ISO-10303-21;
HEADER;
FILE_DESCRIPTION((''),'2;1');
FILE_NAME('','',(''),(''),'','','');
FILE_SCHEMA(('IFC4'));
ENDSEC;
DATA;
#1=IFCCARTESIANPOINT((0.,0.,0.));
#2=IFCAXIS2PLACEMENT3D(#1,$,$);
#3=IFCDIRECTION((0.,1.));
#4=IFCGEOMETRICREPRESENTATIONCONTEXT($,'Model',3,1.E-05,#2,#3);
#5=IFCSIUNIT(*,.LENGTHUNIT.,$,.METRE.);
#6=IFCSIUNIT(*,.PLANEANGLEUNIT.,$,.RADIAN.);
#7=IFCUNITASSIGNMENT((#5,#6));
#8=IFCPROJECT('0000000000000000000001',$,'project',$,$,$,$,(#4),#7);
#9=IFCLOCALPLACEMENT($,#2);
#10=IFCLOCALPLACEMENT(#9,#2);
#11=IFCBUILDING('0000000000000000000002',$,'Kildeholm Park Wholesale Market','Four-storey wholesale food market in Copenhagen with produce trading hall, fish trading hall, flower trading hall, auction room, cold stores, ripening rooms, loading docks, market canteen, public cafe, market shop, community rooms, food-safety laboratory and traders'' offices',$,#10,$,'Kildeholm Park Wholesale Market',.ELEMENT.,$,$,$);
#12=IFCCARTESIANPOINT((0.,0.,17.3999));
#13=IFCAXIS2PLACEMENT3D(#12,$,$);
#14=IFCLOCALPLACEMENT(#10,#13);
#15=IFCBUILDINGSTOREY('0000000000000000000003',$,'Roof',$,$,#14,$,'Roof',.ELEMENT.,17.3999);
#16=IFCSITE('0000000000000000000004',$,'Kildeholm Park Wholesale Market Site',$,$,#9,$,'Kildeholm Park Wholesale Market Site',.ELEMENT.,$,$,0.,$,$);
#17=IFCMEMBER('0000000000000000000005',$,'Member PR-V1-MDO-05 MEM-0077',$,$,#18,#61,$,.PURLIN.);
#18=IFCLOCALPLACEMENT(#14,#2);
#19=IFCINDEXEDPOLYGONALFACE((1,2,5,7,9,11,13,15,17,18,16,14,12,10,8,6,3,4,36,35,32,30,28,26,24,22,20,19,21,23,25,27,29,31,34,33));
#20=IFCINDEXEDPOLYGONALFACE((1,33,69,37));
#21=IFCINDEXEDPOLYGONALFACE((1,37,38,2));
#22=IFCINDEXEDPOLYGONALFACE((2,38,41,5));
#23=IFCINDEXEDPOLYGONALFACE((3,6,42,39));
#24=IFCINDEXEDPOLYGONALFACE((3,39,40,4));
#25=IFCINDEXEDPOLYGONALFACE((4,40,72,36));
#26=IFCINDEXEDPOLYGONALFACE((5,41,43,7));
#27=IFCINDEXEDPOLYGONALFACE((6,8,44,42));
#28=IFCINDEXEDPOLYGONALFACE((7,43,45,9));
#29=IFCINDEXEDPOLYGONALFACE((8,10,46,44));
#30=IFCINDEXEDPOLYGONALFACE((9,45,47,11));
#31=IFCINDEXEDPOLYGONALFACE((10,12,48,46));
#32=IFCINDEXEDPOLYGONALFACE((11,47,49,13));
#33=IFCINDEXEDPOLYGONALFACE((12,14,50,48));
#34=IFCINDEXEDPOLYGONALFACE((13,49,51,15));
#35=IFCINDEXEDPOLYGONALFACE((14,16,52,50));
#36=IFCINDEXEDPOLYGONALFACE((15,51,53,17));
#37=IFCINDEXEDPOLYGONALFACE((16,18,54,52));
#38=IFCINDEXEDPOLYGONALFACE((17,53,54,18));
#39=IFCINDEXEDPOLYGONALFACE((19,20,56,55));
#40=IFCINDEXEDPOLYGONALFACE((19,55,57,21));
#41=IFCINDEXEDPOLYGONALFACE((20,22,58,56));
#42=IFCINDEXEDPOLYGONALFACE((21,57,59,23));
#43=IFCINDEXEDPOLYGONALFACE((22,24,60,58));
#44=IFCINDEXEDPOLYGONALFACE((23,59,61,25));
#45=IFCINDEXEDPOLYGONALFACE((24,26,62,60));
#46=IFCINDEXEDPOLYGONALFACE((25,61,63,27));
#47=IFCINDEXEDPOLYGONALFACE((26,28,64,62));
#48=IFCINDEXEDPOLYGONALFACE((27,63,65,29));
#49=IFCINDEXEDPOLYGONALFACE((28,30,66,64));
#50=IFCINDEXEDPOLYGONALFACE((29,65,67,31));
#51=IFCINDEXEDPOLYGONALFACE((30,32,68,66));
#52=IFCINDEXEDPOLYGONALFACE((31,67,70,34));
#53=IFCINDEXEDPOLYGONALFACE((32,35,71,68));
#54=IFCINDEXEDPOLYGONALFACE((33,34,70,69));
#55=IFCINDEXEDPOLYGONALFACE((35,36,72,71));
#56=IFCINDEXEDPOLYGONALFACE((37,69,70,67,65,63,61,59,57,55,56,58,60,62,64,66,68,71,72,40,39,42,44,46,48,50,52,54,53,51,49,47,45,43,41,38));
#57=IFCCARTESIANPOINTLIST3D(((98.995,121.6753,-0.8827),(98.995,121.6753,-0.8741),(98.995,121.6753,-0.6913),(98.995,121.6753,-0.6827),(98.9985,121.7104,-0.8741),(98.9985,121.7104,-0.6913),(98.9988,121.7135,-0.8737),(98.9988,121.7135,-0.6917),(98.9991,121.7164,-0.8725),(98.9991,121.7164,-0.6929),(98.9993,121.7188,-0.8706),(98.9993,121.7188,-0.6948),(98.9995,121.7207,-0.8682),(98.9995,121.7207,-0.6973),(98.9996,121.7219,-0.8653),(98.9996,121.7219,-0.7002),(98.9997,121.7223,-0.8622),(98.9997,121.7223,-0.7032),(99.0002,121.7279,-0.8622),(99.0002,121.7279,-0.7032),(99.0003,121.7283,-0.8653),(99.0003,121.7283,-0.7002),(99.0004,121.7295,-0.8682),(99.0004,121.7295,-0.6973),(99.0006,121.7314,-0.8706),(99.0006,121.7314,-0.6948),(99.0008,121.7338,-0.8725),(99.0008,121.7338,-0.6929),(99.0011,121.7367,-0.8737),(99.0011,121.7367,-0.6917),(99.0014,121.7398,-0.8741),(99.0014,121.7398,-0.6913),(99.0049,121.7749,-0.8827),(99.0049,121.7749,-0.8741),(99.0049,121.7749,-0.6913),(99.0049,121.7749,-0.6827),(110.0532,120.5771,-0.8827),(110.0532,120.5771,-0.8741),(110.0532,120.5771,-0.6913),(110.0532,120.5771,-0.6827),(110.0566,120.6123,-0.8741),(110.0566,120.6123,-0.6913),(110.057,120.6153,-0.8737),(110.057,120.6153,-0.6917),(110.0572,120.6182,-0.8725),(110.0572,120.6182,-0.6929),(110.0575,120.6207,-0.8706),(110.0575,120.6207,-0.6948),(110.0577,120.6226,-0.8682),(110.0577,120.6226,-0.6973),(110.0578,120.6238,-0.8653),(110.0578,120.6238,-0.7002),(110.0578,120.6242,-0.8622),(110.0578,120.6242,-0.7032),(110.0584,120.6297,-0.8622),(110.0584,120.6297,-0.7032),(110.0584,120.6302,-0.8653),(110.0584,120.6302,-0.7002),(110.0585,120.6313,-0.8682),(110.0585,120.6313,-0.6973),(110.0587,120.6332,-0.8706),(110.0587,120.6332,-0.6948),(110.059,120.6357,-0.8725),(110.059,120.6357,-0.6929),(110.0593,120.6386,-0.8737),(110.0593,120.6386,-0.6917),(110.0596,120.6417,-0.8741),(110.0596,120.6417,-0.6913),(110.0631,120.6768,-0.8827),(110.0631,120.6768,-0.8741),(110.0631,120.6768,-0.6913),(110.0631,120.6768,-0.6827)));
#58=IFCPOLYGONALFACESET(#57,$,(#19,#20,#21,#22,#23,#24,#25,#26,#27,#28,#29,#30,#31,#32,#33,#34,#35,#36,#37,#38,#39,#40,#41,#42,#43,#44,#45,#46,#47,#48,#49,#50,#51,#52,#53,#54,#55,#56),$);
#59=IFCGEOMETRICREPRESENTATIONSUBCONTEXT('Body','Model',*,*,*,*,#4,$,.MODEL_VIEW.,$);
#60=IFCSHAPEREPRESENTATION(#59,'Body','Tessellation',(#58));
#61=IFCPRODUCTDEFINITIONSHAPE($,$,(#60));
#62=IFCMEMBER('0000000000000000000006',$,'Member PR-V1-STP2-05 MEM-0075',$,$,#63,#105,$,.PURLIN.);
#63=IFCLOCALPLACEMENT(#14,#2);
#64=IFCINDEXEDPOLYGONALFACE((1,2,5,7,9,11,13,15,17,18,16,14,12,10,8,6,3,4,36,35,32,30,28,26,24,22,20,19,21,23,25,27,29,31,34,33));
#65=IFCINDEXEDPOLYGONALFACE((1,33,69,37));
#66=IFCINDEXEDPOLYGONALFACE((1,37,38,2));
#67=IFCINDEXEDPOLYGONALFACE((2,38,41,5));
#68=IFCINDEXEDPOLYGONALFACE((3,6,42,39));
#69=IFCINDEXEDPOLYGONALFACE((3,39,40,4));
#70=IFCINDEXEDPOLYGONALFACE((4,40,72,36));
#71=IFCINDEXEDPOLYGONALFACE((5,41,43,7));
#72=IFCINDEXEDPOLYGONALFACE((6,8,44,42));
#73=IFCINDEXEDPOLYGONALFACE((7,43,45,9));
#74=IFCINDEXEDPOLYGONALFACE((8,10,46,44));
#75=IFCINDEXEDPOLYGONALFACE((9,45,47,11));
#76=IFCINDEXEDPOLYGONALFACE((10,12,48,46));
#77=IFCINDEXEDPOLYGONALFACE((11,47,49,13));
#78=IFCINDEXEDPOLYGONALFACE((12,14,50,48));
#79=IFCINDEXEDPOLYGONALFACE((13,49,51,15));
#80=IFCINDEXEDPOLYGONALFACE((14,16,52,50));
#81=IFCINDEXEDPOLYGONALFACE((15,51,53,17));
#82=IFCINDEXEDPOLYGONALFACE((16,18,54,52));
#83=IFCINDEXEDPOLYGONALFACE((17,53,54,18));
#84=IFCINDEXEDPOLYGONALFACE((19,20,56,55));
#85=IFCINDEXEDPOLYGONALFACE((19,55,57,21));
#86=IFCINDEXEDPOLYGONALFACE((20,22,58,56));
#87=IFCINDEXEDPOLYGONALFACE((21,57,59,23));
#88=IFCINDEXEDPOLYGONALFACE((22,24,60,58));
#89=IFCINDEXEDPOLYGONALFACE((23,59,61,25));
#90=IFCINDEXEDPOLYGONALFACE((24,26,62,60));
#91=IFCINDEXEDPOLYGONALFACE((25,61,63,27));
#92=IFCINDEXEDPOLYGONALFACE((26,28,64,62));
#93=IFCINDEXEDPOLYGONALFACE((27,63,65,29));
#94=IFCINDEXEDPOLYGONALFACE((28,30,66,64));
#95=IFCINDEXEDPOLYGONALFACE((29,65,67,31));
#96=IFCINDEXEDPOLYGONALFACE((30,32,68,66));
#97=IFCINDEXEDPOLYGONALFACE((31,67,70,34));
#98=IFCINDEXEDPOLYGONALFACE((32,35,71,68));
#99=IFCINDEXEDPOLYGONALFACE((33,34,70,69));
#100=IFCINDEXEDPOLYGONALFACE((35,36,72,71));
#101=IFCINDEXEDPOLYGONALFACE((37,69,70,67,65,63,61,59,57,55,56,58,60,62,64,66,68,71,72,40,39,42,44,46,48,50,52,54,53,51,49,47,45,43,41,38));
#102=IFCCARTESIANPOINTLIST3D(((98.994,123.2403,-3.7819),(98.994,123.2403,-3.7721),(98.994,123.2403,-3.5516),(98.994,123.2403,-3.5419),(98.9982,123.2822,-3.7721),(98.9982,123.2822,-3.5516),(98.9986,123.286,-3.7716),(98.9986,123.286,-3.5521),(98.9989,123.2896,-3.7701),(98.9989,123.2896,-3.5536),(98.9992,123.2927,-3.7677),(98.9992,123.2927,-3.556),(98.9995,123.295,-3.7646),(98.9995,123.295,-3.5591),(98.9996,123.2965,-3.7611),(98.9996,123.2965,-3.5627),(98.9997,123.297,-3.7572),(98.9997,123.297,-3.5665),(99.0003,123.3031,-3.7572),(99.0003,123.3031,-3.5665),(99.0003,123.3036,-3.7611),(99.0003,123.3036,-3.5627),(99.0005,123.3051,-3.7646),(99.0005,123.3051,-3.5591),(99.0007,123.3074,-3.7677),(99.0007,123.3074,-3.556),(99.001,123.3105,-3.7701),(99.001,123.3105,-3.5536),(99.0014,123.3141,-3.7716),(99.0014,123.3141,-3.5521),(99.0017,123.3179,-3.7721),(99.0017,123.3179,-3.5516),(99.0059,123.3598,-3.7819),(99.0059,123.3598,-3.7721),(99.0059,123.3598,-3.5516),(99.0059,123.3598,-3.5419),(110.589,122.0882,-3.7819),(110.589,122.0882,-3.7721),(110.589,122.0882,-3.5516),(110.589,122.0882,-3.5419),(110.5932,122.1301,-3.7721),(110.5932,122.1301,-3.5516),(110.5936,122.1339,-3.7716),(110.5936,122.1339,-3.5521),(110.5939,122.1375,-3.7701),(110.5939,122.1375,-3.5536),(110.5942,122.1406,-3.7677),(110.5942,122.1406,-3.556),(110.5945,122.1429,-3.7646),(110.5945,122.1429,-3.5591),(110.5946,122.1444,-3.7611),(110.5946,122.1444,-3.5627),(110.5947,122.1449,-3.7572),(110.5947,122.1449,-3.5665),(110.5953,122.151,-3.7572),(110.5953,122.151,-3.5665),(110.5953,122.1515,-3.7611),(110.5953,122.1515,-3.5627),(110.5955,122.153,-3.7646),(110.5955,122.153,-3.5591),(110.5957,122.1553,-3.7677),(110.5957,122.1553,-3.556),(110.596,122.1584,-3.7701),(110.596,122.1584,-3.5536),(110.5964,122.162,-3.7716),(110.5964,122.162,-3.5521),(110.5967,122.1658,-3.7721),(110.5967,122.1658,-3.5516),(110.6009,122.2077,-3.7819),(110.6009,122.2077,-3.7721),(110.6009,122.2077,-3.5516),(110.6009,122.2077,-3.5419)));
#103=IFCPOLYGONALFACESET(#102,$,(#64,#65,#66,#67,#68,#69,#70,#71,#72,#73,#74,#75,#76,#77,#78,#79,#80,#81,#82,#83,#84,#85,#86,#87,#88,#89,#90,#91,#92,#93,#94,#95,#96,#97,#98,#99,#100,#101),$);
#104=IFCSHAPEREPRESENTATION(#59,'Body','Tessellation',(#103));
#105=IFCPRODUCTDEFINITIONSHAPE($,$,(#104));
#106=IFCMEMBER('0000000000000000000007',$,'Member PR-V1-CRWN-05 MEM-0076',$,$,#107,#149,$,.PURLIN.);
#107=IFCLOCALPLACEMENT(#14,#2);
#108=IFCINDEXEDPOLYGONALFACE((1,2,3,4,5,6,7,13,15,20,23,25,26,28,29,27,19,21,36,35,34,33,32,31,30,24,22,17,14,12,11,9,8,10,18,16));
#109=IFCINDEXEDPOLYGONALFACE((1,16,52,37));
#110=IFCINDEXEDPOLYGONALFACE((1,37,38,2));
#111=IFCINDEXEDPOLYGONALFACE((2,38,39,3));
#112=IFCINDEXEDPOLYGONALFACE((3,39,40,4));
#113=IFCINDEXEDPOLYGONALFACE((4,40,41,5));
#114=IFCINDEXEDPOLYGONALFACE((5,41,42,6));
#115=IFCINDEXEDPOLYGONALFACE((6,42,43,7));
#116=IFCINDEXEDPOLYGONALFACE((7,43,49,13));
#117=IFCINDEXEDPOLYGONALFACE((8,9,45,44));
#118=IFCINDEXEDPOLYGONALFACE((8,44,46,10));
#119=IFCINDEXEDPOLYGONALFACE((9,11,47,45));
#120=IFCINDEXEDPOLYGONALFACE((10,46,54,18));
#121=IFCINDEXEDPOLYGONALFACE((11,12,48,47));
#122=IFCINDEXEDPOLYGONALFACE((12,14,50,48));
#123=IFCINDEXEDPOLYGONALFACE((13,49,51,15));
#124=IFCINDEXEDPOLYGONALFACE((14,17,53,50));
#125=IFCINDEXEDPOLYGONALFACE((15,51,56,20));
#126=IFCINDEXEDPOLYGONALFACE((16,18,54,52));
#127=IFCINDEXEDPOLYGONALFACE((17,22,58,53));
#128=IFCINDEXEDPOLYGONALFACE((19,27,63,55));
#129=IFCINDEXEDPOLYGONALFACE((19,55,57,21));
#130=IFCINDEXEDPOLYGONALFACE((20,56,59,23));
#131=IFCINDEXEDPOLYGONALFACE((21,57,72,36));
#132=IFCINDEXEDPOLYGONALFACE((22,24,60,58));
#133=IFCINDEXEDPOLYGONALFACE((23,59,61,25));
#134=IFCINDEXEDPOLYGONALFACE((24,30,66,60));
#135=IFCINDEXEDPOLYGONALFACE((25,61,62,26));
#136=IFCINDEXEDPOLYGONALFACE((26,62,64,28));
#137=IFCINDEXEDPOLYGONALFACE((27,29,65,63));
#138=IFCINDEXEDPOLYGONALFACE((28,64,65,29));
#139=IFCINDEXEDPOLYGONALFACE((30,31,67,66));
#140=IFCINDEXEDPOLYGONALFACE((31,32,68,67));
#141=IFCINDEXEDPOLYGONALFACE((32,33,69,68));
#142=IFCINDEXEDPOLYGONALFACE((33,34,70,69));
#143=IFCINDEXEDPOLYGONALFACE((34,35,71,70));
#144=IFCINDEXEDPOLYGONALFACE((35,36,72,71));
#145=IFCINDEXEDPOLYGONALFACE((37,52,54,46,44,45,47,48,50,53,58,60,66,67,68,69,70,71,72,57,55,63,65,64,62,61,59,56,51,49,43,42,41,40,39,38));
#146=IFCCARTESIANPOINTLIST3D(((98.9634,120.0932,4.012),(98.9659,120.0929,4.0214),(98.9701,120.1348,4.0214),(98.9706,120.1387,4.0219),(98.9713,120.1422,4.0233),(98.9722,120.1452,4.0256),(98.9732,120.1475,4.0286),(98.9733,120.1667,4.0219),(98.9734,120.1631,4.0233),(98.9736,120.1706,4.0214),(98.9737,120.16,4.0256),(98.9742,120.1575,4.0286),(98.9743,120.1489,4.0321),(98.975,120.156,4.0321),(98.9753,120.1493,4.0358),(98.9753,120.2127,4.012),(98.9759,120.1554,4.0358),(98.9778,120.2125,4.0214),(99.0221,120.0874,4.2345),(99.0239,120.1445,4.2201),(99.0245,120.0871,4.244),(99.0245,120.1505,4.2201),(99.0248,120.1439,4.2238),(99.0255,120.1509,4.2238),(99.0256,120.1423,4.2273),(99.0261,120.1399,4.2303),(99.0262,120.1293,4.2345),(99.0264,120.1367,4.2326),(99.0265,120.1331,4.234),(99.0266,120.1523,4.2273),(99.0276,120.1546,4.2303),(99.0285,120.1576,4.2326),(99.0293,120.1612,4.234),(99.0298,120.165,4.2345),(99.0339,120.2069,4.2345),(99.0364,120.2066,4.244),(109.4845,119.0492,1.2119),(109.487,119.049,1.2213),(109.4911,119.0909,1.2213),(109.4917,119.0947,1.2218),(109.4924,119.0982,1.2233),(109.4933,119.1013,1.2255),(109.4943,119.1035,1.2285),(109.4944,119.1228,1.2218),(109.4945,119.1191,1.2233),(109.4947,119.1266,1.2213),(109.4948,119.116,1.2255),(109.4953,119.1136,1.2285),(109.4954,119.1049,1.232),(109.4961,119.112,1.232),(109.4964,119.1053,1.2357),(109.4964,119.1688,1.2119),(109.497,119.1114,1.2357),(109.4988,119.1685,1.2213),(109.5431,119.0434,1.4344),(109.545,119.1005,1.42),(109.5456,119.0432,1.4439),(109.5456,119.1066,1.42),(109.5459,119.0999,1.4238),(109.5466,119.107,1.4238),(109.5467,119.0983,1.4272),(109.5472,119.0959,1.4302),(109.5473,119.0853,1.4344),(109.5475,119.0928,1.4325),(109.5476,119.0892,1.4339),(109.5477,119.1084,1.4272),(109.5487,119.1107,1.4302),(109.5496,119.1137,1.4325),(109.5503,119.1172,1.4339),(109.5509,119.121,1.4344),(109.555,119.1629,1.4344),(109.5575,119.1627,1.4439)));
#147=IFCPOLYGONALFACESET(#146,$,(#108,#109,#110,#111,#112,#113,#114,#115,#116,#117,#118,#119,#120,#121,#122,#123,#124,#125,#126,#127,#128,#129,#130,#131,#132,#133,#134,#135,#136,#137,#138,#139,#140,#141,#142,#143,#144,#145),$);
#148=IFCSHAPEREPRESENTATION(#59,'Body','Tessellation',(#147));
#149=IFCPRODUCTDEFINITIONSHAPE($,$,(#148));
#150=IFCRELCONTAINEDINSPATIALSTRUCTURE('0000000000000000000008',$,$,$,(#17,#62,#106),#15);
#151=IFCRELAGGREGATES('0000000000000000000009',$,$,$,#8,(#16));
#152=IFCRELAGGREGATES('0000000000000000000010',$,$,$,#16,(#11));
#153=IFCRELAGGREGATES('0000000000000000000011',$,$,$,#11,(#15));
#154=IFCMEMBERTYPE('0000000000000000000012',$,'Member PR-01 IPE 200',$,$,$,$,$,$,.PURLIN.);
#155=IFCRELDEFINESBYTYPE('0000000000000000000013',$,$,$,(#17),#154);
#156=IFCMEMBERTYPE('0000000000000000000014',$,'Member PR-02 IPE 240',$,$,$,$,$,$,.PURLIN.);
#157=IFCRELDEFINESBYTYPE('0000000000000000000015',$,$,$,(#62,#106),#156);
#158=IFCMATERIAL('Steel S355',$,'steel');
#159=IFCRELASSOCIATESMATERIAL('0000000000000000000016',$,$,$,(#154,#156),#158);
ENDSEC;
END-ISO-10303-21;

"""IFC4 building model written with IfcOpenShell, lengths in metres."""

from ifc_helpers import new_model, si_unit, direction, frame, origin, origin_2d, place, context, subcontext, project, spatial, i_section, extrude, material, material_profile, profile_set, type_object, element, save


model = new_model("IFC4")

# Units and contexts
model_context = context("Model", 3, precision=1e-05, world=origin(), true_north=direction((0.0, 1.0)))
body_context = subcontext(model_context, "Body", "Model", "MODEL_VIEW")
ifc_project = project(units=[si_unit("LENGTHUNIT", "METRE"), si_unit("PLANEANGLEUNIT", "RADIAN")], contexts=[model_context])

# Site, building, storey
site_placement = place(None, origin())
site = spatial("IfcSite", under=ifc_project, at=site_placement, Name="Kildeholm Park Wholesale Market Site", LongName="Kildeholm Park Wholesale Market Site", CompositionType="ELEMENT", RefElevation=0.0)
building_placement = place(site_placement, origin())
building = spatial("IfcBuilding", under=site, at=building_placement, Name="Kildeholm Park Wholesale Market", Description="Four-storey wholesale food market in Copenhagen with produce trading hall, fish trading hall, flower trading hall, auction room, cold stores, ripening rooms, loading docks, market canteen, public cafe, market shop, community rooms, food-safety laboratory and traders' offices", LongName="Kildeholm Park Wholesale Market", CompositionType="ELEMENT")
storey_placement = place(building_placement, frame((0.0, 0.0, 17.3999)))
storey = spatial("IfcBuildingStorey", under=building, at=storey_placement, Name="Roof", LongName="Roof", CompositionType="ELEMENT", Elevation=17.3999)

# Members
ifc_material_1 = material(Name="Steel S355", Category="steel")
ifc_material_profile_1 = material_profile(ifc_material_1, i_section(OverallWidth=0.1001, OverallDepth=0.2, WebThickness=0.0056, FlangeThickness=0.0085, FilletRadius=0.012, at=origin_2d()), Name="IPE 200")
ifc_profile_set_1 = profile_set([ifc_material_profile_1], Name="Steel S355")
member_type_1 = type_object("IfcMemberType", Name="Member PR-01 IPE 200", PredefinedType="PURLIN", material=ifc_profile_set_1)
member_1_placement = place(storey_placement, frame((110.0581, 120.627, -0.7827), z_axis=(-0.995105, 0.098821, 0.0), x_axis=(-0.098821, -0.995105, 0.0)))
element("IfcMember", 1, at=member_1_placement, inside=storey, type_object=member_type_1, Name="Member PR-V1-MDO-05 MEM-0077", PredefinedType="PURLIN", context=body_context, shape_type="SweptSolid", body=[
    extrude(i_section(OverallWidth=0.1001, OverallDepth=0.2, WebThickness=0.0056, FlangeThickness=0.0085, FilletRadius=0.012, at=origin_2d()), origin(), (0.0, 0.0, 1.0), 11.1125),
])
ifc_material_profile_2 = material_profile(ifc_material_1, i_section(OverallWidth=0.1201, OverallDepth=0.24, WebThickness=0.0061, FlangeThickness=0.0098, FilletRadius=0.0149, at=origin_2d()), Name="IPE 240")
ifc_profile_set_2 = profile_set([ifc_material_profile_2], Name="Steel S355")
member_type_2 = type_object("IfcMemberType", Name="Member PR-02 IPE 240", PredefinedType="PURLIN", material=ifc_profile_set_2)
member_2_placement = place(storey_placement, frame((110.595, 122.1479, -3.6619), z_axis=(-0.9951, 0.098875, 0.0), x_axis=(-0.098875, -0.9951, 0.0)))
element("IfcMember", 2, at=member_2_placement, inside=storey, type_object=member_type_2, Name="Member PR-V1-STP2-05 MEM-0075", PredefinedType="PURLIN", context=body_context, shape_type="SweptSolid", body=[
    extrude(i_section(OverallWidth=0.1201, OverallDepth=0.24, WebThickness=0.0061, FlangeThickness=0.0098, FilletRadius=0.0149, at=origin_2d()), origin(), (0.0, 0.0, 1.0), 11.6521),
])
member_3_placement = place(storey_placement, frame((109.521, 119.106, 1.3279), z_axis=(-0.96195, 0.095449, 0.256012), x_axis=(-0.09874, -0.995113, 0.0)))
element("IfcMember", 3, at=member_3_placement, inside=storey, type_object=member_type_2, Name="Member PR-V1-CRWN-05 MEM-0076", PredefinedType="PURLIN", context=body_context, shape_type="SweptSolid", body=[
    extrude(i_section(OverallWidth=0.1201, OverallDepth=0.24, WebThickness=0.0061, FlangeThickness=0.0098, FilletRadius=0.0149, at=origin_2d()), origin(), (0.0, 0.0, 1.0), 10.9373),
])

save(model, "model.ifc")
